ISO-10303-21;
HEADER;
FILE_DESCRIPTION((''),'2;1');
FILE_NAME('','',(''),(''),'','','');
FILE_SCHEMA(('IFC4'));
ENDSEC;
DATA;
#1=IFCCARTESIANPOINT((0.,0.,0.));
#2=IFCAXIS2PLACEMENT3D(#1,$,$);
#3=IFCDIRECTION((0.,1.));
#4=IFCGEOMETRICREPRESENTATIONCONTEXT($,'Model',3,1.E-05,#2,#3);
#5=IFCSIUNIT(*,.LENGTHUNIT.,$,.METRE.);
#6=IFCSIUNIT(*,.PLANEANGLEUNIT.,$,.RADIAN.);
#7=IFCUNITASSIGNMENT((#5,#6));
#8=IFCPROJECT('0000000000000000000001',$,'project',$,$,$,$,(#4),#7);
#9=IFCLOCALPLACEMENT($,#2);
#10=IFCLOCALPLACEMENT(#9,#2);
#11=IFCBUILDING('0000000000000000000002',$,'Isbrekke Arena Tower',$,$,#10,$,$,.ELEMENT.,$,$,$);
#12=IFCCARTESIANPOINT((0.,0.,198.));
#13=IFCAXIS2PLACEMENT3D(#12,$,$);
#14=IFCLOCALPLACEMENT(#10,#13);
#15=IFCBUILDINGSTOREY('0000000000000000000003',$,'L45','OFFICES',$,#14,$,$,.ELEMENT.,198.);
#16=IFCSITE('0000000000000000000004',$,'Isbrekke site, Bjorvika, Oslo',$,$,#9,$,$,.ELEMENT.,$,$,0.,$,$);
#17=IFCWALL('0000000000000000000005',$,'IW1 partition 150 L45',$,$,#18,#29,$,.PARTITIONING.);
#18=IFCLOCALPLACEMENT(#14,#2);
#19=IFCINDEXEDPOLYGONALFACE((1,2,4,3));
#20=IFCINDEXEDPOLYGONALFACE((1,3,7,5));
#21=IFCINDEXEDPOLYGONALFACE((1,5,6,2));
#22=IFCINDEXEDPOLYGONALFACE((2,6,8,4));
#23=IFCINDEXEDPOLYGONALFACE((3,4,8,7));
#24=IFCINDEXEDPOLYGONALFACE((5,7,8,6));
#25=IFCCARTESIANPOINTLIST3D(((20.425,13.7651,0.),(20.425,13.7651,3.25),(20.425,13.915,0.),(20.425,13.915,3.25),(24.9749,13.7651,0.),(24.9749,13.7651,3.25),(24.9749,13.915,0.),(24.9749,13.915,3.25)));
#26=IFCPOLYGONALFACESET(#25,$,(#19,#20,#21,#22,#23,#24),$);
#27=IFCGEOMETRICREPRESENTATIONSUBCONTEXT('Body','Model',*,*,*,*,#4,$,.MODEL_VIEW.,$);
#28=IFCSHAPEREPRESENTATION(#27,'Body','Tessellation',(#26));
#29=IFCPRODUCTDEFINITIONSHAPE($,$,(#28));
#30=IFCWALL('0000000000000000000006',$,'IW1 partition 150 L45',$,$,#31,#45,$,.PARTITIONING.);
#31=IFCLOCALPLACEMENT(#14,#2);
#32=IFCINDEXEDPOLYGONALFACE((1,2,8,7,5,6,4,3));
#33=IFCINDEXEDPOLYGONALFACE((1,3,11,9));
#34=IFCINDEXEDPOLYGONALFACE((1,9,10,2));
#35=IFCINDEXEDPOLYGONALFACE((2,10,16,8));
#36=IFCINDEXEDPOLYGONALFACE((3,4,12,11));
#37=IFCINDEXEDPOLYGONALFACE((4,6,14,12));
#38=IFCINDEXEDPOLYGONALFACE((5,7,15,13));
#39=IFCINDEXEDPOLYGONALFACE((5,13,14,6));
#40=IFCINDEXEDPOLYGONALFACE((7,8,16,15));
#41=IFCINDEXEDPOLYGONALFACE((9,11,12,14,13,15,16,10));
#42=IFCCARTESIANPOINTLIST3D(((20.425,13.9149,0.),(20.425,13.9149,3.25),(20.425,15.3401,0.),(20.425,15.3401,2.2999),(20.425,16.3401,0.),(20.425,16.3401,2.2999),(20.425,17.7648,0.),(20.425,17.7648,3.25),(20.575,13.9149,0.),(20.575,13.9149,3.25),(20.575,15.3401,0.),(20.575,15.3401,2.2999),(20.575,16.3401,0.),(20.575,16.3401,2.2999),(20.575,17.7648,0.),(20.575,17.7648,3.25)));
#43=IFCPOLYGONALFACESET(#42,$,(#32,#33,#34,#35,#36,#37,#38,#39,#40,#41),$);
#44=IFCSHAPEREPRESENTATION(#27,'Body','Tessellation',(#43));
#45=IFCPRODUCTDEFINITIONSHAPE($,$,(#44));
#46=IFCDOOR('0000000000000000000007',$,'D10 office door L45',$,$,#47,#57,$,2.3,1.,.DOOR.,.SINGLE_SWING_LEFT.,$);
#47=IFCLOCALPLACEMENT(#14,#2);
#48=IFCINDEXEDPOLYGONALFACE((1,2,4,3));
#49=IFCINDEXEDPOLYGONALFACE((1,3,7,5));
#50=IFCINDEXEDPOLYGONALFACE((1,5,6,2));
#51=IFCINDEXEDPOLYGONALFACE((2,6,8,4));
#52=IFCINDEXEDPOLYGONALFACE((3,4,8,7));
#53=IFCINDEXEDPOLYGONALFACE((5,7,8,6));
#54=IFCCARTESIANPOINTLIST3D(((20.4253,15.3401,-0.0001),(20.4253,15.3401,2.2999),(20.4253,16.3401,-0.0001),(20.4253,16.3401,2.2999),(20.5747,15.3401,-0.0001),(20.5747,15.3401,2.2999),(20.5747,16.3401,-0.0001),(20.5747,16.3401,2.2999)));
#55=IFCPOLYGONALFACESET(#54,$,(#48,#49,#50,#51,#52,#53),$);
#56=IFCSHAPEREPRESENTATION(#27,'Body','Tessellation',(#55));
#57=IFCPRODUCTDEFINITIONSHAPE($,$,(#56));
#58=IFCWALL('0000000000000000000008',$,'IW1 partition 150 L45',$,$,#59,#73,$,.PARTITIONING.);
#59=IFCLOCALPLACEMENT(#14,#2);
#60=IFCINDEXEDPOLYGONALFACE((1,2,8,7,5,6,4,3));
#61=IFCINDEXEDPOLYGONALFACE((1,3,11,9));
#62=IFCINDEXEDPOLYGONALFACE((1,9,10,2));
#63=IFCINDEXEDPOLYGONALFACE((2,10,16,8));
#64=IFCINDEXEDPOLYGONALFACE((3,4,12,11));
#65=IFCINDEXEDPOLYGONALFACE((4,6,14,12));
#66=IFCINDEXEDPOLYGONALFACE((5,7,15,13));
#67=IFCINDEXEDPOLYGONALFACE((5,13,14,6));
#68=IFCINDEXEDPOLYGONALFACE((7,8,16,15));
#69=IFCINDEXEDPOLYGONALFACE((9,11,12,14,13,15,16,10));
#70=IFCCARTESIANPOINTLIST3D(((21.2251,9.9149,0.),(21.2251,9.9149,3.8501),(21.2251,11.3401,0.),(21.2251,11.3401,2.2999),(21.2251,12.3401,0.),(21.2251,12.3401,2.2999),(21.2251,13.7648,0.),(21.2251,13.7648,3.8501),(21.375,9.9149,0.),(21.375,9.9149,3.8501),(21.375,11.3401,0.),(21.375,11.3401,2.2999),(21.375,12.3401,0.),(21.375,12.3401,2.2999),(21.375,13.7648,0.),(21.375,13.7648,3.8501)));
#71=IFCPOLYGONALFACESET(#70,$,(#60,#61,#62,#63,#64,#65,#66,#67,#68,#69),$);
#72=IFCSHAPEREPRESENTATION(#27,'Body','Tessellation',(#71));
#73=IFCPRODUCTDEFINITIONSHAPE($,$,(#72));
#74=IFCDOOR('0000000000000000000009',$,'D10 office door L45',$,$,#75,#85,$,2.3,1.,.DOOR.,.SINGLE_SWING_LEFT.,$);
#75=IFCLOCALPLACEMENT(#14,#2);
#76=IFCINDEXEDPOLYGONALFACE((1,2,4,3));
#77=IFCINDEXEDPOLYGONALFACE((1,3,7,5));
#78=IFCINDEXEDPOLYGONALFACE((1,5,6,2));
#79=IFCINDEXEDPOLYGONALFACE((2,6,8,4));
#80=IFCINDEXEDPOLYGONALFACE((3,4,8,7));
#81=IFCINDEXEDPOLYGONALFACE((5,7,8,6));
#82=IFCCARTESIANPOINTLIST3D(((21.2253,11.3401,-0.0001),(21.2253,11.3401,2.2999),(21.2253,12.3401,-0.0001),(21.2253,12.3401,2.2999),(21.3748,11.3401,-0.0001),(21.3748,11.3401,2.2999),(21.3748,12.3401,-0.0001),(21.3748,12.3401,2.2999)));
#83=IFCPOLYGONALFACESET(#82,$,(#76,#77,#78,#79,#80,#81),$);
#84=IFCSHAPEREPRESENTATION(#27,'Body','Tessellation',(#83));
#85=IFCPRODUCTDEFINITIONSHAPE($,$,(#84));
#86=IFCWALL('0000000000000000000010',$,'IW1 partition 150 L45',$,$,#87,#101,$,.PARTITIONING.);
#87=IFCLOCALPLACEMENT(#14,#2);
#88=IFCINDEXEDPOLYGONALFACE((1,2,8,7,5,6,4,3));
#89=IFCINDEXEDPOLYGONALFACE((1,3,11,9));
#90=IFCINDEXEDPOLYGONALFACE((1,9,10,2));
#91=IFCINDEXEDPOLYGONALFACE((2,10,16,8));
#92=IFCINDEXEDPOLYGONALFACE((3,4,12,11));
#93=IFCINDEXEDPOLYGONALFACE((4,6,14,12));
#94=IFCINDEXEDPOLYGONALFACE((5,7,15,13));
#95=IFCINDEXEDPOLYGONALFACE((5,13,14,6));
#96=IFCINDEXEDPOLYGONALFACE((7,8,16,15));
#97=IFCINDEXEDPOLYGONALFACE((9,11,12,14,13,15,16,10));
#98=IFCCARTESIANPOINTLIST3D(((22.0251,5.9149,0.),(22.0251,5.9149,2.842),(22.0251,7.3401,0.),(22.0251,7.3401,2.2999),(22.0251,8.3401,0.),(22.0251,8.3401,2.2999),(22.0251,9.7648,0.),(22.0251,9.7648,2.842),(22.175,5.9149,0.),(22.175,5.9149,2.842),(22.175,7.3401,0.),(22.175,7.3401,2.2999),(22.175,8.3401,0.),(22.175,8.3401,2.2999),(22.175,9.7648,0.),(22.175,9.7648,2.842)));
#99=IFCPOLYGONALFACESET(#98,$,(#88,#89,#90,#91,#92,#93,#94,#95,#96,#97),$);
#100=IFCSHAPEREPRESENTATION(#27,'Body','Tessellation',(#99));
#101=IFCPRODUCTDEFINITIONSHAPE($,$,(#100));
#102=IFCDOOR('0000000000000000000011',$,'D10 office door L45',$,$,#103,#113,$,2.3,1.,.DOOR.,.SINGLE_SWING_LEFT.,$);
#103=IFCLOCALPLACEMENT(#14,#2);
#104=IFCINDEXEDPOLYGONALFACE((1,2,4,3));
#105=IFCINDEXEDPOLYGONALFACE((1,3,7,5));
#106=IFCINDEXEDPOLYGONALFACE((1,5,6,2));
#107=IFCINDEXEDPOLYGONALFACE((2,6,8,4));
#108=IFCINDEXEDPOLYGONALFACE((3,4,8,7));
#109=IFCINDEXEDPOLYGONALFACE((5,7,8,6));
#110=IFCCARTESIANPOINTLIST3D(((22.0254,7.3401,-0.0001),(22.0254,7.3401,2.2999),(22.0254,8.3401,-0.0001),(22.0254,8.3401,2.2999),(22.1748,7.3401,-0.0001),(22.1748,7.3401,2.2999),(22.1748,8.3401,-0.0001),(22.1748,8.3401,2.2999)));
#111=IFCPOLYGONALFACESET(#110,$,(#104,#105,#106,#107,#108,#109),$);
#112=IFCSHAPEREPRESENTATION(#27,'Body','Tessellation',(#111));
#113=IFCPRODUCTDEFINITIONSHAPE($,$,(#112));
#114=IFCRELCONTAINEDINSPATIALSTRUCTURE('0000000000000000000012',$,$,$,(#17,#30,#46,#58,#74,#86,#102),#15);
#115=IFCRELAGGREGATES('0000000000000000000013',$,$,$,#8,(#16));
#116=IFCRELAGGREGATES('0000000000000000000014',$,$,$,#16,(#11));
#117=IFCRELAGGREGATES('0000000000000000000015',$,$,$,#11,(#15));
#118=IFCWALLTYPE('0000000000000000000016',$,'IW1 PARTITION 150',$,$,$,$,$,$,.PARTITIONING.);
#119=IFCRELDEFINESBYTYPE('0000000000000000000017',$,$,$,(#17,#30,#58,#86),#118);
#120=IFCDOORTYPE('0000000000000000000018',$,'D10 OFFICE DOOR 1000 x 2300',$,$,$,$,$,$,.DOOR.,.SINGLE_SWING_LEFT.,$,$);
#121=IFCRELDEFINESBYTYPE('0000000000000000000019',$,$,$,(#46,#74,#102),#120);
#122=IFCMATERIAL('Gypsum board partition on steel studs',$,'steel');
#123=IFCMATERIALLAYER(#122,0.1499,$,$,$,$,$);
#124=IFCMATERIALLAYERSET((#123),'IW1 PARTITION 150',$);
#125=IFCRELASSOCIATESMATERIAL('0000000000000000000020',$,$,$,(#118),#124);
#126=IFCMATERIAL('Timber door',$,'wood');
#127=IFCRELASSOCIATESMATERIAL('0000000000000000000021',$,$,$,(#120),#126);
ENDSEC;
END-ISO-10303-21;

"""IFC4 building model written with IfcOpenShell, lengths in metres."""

from ifc_helpers import new_model, si_unit, direction, frame, frame_2d, origin, place, context, subcontext, project, spatial, rectangle, extrude, material, layer, layer_set, type_object, element, fill, save


model = new_model("IFC4")

# Units and contexts
model_context = context("Model", 3, precision=1e-05, world=origin(), true_north=direction((0.0, 1.0)))
body_context = subcontext(model_context, "Body", "Model", "MODEL_VIEW")
ifc_project = project(units=[si_unit("LENGTHUNIT", "METRE"), si_unit("PLANEANGLEUNIT", "RADIAN")], contexts=[model_context])

# Site, building, storey
site_placement = place(None, origin())
site = spatial("IfcSite", under=ifc_project, at=site_placement, Name="Isbrekke site, Bjorvika, Oslo", CompositionType="ELEMENT", RefElevation=0.0)
building_placement = place(site_placement, origin())
building = spatial("IfcBuilding", under=site, at=building_placement, Name="Isbrekke Arena Tower", CompositionType="ELEMENT")
storey_placement = place(building_placement, frame((0.0, 0.0, 198.0)))
storey = spatial("IfcBuildingStorey", under=building, at=storey_placement, Name="L45", Description="OFFICES", CompositionType="ELEMENT", Elevation=198.0)

# Wall
ifc_material_1 = material(Name="Gypsum board partition on steel studs", Category="steel")
ifc_layer_1 = layer(ifc_material_1, 0.1499)
ifc_layer_set_1 = layer_set([ifc_layer_1], Name="IW1 PARTITION 150")
wall_type = type_object("IfcWallType", Name="IW1 PARTITION 150", PredefinedType="PARTITIONING", material=ifc_layer_set_1)
for number, where, z_axis, x_axis, name in (
    (1, (20.425, 13.8401, 0.0), (0.0, 0.0, 1.0), (1.0, 0.0, 0.0), "IW1 partition 150 L45"),
):
    element("IfcWall", number, at=place(storey_placement, frame(where, z_axis=z_axis, x_axis=x_axis)), inside=storey, type_object=wall_type, Name=name, PredefinedType="PARTITIONING", context=body_context, shape_type="SweptSolid", body=[
        extrude(rectangle(XDim=4.5498, YDim=0.1499, at=frame_2d((2.2749, 0.0))), origin(), (0.0, 0.0, 1.0), 3.25),
    ])

# Walls, openings, doors
wall_1_placement = place(storey_placement, frame((20.5, 13.915, 0.0), z_axis=(0.0, 0.0, 1.0), x_axis=(0.0, 1.0, 0.0)))
wall_1 = element("IfcWall", 2, at=wall_1_placement, inside=storey, type_object=wall_type, Name="IW1 partition 150 L45", PredefinedType="PARTITIONING", context=body_context, shape_type="SweptSolid", body=[
    extrude(rectangle(XDim=3.8499, YDim=0.1499, at=frame_2d((1.9248, 0.0))), origin(), (0.0, 0.0, 1.0), 3.25),
])
opening_1_placement = place(wall_1_placement, frame((1.425, 0.0, 0.0)))
opening_1 = element("IfcOpeningElement", 3, at=opening_1_placement, cuts=wall_1, PredefinedType="OPENING", context=body_context, shape_type="SweptSolid", body=[
    extrude(rectangle(XDim=1.0, YDim=2.3, at=frame_2d((0.5, 1.1499))), frame((0.0, 0.0898, 0.0), z_axis=(0.0, -1.0, 0.0), x_axis=(1.0, 0.0, 0.0)), (0.0, 0.0, 1.0), 0.1797),
])
ifc_material_2 = material(Name="Timber door", Category="wood")
door_type = type_object("IfcDoorType", Name="D10 OFFICE DOOR 1000 x 2300", OperationType="SINGLE_SWING_LEFT", PredefinedType="DOOR", material=ifc_material_2)
door_1_placement = place(opening_1_placement, origin())
door_1 = element("IfcDoor", 4, at=door_1_placement, inside=storey, type_object=door_type, Name="D10 office door L45", OperationType="SINGLE_SWING_LEFT", OverallHeight=2.3, OverallWidth=1.0, PredefinedType="DOOR", context=body_context, shape_type="SweptSolid", body=[
    extrude(rectangle(XDim=1.0, YDim=2.3, at=frame_2d((0.5, 1.1499))), frame((0.0, 0.0747, 0.0), z_axis=(0.0, -1.0, 0.0), x_axis=(1.0, 0.0, 0.0)), (0.0, 0.0, 1.0), 0.1494),
])
fill(opening_1, door_1)
wall_2_placement = place(storey_placement, frame((21.3, 9.915, 0.0), z_axis=(0.0, 0.0, 1.0), x_axis=(0.0, 1.0, 0.0)))
wall_2 = element("IfcWall", 5, at=wall_2_placement, inside=storey, type_object=wall_type, Name="IW1 partition 150 L45", PredefinedType="PARTITIONING", context=body_context, shape_type="SweptSolid", body=[
    extrude(rectangle(XDim=3.8499, YDim=0.1499, at=frame_2d((1.9248, 0.0))), origin(), (0.0, 0.0, 1.0), 3.8501),
])
opening_2_placement = place(wall_2_placement, frame((1.425, 0.0, 0.0)))
opening_2 = element("IfcOpeningElement", 6, at=opening_2_placement, cuts=wall_2, PredefinedType="OPENING", context=body_context, shape_type="SweptSolid", body=[
    extrude(rectangle(XDim=1.0, YDim=2.3, at=frame_2d((0.5, 1.1499))), frame((0.0, 0.0898, 0.0), z_axis=(0.0, -1.0, 0.0), x_axis=(1.0, 0.0, 0.0)), (0.0, 0.0, 1.0), 0.1797),
])
door_2_placement = place(opening_2_placement, origin())
door_2 = element("IfcDoor", 7, at=door_2_placement, inside=storey, type_object=door_type, Name="D10 office door L45", OperationType="SINGLE_SWING_LEFT", OverallHeight=2.3, OverallWidth=1.0, PredefinedType="DOOR", context=body_context, shape_type="SweptSolid", body=[
    extrude(rectangle(XDim=1.0, YDim=2.3, at=frame_2d((0.5, 1.1499))), frame((0.0, 0.0747, 0.0), z_axis=(0.0, -1.0, 0.0), x_axis=(1.0, 0.0, 0.0)), (0.0, 0.0, 1.0), 0.1494),
])
fill(opening_2, door_2)
wall_3_placement = place(storey_placement, frame((22.1001, 5.915, 0.0), z_axis=(0.0, 0.0, 1.0), x_axis=(0.0, 1.0, 0.0)))
wall_3 = element("IfcWall", 8, at=wall_3_placement, inside=storey, type_object=wall_type, Name="IW1 partition 150 L45", PredefinedType="PARTITIONING", context=body_context, shape_type="SweptSolid", body=[
    extrude(rectangle(XDim=3.8499, YDim=0.1499, at=frame_2d((1.9248, 0.0))), origin(), (0.0, 0.0, 1.0), 2.842),
])
opening_3_placement = place(wall_3_placement, frame((1.425, 0.0, 0.0)))
opening_3 = element("IfcOpeningElement", 9, at=opening_3_placement, cuts=wall_3, PredefinedType="OPENING", context=body_context, shape_type="SweptSolid", body=[
    extrude(rectangle(XDim=1.0, YDim=2.3, at=frame_2d((0.5, 1.1499))), frame((0.0, 0.0898, 0.0), z_axis=(0.0, -1.0, 0.0), x_axis=(1.0, 0.0, 0.0)), (0.0, 0.0, 1.0), 0.1797),
])
door_3_placement = place(opening_3_placement, origin())
door_3 = element("IfcDoor", 10, at=door_3_placement, inside=storey, type_object=door_type, Name="D10 office door L45", OperationType="SINGLE_SWING_LEFT", OverallHeight=2.3, OverallWidth=1.0, PredefinedType="DOOR", context=body_context, shape_type="SweptSolid", body=[
    extrude(rectangle(XDim=1.0, YDim=2.3, at=frame_2d((0.5, 1.1499))), frame((0.0, 0.0747, 0.0), z_axis=(0.0, -1.0, 0.0), x_axis=(1.0, 0.0, 0.0)), (0.0, 0.0, 1.0), 0.1494),
])
fill(opening_3, door_3)

save(model, "model.ifc")
